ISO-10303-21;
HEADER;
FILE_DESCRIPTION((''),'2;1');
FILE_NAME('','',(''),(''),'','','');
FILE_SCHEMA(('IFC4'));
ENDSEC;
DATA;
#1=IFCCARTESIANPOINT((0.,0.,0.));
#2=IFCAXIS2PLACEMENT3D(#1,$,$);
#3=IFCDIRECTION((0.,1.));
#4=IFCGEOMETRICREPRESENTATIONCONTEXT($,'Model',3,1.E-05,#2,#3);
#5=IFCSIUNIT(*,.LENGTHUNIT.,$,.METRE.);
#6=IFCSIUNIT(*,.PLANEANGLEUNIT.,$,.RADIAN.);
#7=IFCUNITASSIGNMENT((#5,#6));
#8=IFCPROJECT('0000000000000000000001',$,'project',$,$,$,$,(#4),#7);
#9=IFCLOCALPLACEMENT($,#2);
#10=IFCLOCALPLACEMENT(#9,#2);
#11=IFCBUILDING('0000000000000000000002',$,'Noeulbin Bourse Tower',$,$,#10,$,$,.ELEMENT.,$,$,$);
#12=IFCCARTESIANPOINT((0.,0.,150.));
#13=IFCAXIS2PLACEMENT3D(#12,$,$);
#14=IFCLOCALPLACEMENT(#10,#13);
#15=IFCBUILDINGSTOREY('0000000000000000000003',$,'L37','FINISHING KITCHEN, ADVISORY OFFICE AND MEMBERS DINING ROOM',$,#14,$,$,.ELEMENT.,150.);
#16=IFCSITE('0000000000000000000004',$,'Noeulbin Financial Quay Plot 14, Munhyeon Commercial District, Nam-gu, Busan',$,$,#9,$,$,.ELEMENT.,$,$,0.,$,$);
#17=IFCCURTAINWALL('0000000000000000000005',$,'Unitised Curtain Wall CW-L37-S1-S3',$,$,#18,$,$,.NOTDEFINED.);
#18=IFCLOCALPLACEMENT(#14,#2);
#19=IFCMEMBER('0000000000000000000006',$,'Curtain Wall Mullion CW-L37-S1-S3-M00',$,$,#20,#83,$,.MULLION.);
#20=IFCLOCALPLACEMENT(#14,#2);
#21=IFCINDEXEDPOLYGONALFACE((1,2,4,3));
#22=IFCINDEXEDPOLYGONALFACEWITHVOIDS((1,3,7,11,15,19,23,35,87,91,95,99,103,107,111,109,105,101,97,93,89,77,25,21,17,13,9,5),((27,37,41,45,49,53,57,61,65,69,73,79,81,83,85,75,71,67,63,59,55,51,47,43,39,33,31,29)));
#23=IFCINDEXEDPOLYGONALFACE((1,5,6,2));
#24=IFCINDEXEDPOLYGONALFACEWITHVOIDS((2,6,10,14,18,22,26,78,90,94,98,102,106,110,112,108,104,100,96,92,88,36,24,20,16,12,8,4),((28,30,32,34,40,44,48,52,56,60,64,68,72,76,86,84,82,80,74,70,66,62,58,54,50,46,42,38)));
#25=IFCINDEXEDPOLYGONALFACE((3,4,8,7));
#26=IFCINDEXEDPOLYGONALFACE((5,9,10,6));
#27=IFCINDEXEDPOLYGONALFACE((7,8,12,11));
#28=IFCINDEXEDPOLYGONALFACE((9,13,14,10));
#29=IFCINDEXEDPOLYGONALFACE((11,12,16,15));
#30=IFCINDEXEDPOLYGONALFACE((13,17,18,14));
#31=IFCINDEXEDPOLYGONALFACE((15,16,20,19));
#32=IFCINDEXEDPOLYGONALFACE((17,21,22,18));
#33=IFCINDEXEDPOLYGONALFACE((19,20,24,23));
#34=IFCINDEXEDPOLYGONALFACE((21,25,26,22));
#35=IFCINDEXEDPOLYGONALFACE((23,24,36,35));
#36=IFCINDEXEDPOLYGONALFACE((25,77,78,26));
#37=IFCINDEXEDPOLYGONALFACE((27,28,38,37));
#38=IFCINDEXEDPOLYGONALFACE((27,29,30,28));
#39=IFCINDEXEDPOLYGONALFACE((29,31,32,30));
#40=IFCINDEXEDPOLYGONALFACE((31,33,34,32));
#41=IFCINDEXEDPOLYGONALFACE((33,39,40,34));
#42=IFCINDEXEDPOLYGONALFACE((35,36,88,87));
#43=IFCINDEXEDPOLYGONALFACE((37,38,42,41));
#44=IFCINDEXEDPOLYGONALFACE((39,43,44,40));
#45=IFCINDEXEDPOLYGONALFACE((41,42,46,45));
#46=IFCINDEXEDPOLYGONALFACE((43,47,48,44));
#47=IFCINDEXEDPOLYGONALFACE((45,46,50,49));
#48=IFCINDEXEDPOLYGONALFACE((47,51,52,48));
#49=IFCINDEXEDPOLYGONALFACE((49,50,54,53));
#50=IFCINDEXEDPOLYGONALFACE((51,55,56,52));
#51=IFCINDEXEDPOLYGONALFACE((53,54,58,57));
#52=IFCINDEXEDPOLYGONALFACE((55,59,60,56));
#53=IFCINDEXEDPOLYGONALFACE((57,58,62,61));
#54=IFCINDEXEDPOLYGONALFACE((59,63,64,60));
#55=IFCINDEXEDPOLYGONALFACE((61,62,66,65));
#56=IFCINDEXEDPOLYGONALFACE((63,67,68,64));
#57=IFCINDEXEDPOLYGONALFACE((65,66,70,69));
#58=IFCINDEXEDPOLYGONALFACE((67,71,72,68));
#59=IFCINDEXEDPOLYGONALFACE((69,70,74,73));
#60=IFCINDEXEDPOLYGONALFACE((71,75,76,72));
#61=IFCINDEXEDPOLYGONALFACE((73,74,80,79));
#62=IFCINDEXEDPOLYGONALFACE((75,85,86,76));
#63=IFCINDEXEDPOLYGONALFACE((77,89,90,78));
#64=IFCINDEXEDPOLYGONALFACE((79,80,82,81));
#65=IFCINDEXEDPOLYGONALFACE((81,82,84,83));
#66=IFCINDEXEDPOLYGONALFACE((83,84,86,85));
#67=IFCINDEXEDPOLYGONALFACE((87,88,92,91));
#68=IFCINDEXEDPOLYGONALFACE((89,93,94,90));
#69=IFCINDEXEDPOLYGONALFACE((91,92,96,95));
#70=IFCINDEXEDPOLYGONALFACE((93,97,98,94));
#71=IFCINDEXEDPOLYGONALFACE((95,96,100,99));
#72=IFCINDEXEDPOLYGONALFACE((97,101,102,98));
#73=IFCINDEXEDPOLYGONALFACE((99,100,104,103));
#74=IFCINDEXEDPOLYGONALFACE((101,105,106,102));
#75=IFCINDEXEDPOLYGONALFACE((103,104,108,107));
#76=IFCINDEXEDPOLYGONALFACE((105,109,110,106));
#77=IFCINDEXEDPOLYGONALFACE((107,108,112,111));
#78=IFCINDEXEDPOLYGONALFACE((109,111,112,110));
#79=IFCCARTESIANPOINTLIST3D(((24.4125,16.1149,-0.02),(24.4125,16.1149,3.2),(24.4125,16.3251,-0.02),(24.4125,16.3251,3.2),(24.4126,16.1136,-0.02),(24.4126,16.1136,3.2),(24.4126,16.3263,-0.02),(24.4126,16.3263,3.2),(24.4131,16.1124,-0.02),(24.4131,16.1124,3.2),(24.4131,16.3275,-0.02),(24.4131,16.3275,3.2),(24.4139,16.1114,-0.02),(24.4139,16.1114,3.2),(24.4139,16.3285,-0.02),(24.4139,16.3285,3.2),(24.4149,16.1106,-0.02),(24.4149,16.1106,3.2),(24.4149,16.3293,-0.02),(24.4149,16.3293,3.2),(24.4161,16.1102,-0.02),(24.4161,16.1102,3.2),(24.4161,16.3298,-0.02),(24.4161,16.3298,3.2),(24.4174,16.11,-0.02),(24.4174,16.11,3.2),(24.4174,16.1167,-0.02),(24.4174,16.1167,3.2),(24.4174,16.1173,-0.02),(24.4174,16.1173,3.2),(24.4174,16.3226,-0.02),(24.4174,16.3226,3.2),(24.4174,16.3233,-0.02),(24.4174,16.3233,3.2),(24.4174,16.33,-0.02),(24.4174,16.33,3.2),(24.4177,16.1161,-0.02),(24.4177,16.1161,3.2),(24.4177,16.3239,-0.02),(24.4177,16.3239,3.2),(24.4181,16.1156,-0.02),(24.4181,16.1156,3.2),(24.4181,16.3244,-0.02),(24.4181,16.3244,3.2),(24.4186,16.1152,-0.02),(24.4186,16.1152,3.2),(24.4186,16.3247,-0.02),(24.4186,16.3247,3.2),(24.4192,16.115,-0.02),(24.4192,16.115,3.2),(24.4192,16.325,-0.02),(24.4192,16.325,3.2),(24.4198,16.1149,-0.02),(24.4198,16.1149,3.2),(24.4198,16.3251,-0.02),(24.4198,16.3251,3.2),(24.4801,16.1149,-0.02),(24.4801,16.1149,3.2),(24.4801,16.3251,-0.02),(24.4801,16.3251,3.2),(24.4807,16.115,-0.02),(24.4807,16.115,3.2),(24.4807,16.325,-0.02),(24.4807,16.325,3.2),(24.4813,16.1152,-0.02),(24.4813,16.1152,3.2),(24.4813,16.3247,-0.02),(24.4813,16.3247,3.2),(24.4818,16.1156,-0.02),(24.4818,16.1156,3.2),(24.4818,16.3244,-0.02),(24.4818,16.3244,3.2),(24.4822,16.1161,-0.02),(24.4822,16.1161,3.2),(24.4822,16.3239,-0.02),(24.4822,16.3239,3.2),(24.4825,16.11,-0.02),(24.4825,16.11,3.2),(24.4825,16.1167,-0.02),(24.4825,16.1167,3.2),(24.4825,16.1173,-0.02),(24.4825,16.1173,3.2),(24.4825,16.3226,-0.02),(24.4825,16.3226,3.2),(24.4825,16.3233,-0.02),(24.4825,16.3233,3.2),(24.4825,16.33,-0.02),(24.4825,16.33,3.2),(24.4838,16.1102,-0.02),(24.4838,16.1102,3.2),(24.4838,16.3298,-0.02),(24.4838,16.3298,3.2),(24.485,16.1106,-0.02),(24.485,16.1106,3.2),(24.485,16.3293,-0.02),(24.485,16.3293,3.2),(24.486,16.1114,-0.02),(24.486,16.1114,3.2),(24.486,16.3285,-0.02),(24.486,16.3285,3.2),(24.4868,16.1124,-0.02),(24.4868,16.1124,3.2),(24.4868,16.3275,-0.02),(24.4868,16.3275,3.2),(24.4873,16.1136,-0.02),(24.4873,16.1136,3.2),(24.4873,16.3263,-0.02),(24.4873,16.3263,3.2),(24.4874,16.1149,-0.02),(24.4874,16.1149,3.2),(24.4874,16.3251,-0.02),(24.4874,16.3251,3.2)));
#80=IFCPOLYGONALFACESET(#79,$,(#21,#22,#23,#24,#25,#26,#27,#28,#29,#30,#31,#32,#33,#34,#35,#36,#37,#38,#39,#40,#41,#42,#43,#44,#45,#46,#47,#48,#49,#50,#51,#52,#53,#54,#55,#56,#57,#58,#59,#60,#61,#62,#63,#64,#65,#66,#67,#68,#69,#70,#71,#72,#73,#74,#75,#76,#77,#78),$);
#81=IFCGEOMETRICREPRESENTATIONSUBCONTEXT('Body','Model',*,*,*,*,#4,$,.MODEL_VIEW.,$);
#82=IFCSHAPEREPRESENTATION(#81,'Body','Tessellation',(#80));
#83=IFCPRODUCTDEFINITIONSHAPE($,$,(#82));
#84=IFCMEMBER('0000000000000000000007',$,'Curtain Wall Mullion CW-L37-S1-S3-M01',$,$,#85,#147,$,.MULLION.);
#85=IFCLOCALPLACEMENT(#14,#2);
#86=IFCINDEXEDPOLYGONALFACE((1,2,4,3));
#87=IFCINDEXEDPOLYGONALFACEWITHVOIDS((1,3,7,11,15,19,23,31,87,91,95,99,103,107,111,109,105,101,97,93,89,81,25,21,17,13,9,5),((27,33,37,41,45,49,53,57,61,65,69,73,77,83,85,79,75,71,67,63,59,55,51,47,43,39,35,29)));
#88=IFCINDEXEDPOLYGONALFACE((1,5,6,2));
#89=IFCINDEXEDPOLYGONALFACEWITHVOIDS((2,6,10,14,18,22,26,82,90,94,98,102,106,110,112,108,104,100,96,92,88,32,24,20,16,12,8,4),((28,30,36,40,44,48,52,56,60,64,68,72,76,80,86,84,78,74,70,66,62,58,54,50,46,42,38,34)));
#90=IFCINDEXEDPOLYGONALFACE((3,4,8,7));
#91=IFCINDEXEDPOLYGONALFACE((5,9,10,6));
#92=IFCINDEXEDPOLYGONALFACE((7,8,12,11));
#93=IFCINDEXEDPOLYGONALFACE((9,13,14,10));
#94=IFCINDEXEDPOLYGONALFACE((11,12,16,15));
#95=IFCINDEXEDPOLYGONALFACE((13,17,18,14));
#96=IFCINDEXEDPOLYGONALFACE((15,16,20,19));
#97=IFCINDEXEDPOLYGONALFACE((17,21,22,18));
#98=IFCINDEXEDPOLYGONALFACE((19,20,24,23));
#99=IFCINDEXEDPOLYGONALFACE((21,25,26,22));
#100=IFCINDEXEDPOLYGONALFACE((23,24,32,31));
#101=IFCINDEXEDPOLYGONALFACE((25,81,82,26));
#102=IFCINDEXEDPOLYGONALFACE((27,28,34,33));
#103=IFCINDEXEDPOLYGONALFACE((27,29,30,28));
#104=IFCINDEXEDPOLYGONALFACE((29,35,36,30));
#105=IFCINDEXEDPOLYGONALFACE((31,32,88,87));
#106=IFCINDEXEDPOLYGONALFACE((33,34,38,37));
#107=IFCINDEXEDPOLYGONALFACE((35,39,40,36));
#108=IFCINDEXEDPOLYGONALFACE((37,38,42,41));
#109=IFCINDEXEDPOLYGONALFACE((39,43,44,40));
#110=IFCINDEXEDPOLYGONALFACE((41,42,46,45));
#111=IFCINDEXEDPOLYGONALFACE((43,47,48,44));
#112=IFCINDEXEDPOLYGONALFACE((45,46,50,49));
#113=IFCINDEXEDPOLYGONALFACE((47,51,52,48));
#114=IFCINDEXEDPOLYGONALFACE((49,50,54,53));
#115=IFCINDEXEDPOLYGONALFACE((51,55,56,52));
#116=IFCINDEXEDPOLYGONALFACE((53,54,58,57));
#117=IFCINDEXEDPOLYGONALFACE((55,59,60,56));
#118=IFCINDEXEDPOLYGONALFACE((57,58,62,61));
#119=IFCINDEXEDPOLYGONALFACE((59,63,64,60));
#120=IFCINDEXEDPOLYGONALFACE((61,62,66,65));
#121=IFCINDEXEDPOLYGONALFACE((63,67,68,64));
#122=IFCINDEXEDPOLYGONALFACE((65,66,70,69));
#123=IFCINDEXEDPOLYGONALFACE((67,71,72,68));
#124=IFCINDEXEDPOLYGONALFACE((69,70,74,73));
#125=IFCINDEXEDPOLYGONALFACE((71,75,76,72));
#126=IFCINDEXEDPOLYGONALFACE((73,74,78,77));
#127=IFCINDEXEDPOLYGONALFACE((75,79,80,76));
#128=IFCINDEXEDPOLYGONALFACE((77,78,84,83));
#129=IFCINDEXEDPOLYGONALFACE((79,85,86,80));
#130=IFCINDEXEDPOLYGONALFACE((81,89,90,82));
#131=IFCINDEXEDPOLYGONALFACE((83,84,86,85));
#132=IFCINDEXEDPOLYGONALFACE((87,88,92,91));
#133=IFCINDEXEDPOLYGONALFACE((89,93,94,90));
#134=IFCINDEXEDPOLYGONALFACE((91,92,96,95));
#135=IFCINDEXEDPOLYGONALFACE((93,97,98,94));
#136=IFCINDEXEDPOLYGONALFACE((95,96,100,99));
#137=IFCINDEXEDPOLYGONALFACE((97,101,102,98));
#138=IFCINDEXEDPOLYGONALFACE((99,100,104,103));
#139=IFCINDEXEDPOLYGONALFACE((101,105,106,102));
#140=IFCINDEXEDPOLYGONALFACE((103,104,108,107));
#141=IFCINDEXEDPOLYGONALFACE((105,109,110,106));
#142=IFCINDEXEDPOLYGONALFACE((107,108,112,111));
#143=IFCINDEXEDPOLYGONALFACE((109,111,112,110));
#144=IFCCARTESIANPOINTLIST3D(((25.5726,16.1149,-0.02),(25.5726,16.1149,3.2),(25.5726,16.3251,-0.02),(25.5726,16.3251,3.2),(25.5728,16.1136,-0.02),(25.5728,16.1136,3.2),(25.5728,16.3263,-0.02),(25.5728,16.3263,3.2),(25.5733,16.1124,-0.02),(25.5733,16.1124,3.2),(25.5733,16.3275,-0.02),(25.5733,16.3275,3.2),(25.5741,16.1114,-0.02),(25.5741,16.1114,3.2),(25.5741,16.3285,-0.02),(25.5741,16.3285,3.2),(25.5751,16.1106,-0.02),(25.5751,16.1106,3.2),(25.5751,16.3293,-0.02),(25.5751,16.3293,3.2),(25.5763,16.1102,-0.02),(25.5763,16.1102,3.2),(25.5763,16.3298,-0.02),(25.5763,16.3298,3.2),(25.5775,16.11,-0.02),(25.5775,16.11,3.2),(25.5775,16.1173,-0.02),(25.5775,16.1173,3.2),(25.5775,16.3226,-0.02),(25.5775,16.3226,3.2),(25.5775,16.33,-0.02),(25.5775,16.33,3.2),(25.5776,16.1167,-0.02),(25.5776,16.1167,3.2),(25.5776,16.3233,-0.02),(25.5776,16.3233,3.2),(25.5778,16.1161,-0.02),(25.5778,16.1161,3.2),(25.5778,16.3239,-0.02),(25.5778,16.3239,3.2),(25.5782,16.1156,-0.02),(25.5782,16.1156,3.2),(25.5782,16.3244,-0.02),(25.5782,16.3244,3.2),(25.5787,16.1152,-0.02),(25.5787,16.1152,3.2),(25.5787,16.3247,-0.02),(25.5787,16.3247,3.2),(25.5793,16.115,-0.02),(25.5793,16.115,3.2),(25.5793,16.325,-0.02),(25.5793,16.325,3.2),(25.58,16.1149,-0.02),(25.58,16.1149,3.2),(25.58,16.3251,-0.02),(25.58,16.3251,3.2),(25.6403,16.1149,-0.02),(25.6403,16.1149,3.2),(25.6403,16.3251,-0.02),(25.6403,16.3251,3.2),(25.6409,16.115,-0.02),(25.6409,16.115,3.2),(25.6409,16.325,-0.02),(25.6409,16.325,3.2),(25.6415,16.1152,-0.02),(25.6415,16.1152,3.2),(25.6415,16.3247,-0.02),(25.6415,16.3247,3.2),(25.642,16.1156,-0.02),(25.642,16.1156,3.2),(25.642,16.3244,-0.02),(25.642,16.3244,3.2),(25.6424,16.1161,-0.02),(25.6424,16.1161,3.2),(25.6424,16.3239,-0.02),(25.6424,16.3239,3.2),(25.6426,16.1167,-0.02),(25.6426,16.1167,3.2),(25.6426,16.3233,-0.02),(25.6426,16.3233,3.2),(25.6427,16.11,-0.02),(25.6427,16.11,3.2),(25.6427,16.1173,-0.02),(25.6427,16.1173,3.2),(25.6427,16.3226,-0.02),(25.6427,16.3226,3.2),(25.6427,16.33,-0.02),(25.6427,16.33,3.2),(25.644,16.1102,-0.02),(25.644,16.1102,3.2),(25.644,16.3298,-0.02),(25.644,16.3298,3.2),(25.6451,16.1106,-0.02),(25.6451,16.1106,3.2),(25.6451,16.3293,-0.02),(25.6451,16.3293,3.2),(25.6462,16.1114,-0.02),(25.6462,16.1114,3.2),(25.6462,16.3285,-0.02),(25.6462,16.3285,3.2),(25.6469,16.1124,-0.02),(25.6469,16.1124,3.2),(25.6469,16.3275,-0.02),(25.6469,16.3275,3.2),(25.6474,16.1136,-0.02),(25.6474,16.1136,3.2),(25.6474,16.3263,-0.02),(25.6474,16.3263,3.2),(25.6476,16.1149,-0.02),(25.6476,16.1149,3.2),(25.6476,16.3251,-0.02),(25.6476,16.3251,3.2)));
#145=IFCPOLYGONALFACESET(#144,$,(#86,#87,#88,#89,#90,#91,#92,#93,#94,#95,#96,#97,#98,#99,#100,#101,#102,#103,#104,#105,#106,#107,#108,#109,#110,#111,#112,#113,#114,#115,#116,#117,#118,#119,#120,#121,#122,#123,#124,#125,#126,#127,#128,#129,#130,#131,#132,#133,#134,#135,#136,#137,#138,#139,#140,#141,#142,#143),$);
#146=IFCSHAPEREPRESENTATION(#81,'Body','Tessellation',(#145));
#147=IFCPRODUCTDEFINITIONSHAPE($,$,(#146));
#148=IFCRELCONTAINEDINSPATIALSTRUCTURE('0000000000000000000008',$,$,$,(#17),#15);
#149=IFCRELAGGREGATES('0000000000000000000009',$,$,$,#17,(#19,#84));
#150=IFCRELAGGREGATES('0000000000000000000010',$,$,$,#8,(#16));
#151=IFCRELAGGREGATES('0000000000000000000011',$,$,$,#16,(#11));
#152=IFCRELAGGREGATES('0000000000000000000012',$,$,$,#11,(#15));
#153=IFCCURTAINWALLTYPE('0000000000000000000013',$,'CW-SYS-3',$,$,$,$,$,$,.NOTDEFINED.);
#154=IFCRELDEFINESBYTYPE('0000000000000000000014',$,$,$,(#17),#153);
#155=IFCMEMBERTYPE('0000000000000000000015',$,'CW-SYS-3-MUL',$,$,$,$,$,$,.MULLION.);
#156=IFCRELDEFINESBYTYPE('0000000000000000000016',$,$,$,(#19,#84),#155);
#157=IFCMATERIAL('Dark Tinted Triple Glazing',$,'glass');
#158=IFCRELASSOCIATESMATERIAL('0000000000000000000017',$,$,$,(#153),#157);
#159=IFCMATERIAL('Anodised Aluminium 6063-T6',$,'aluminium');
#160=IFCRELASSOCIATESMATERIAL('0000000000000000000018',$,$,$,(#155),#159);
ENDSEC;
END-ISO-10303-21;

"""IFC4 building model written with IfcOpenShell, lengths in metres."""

from ifc_helpers import new_model, si_unit, direction, frame, origin, origin_2d, place, context, subcontext, project, spatial, hollow_rectangle, extrude, material, material_profile, profile_set, type_object, element, aggregate, save


model = new_model("IFC4")

# Units and contexts
model_context = context("Model", 3, precision=1e-05, world=origin(), true_north=direction((0.0, 1.0)))
body_context = subcontext(model_context, "Body", "Model", "MODEL_VIEW")
ifc_project = project(units=[si_unit("LENGTHUNIT", "METRE"), si_unit("PLANEANGLEUNIT", "RADIAN")], contexts=[model_context])

# Site, building, storey
site_placement = place(None, origin())
site = spatial("IfcSite", under=ifc_project, at=site_placement, Name="Noeulbin Financial Quay Plot 14, Munhyeon Commercial District, Nam-gu, Busan", CompositionType="ELEMENT", RefElevation=0.0)
building_placement = place(site_placement, origin())
building = spatial("IfcBuilding", under=site, at=building_placement, Name="Noeulbin Bourse Tower", CompositionType="ELEMENT")
storey_placement = place(building_placement, frame((0.0, 0.0, 150.0)))
storey = spatial("IfcBuildingStorey", under=building, at=storey_placement, Name="L37", Description="FINISHING KITCHEN, ADVISORY OFFICE AND MEMBERS DINING ROOM", CompositionType="ELEMENT", Elevation=150.0)

# Curtain wall, members
ifc_material_1 = material(Name="Dark Tinted Triple Glazing", Category="glass")
curtain_wall_type = type_object("IfcCurtainWallType", Name="CW-SYS-3", PredefinedType="NOTDEFINED", material=ifc_material_1)
ifc_material_2 = material(Name="Anodised Aluminium 6063-T6", Category="aluminium")
ifc_material_profile_1 = material_profile(ifc_material_2, hollow_rectangle(XDim=0.075, YDim=0.22, WallThickness=0.0049, InnerFilletRadius=0.0024, OuterFilletRadius=0.0049, at=origin_2d()), Name="ALU-MULL-75x220x5", Category="LoadBearing")
ifc_profile_set_1 = profile_set([ifc_material_profile_1], Name="Anodised Aluminium 6063-T6")
member_type_1 = type_object("IfcMemberType", Name="CW-SYS-3-MUL", PredefinedType="MULLION", material=ifc_profile_set_1)
curtain_wall_1_placement = place(storey_placement, origin())
curtain_wall_1 = element("IfcCurtainWall", 1, at=curtain_wall_1_placement, inside=storey, type_object=curtain_wall_type, Name="Unitised Curtain Wall CW-L37-S1-S3", PredefinedType="NOTDEFINED")
member_1_placement = place(storey_placement, frame((24.45, 16.22, -0.02), z_axis=(0.0, 0.0, 1.0), x_axis=(1.0, 0.0, 0.0)))
member_1 = element("IfcMember", 2, at=member_1_placement, type_object=member_type_1, Name="Curtain Wall Mullion CW-L37-S1-S3-M00", PredefinedType="MULLION", context=body_context, shape_type="SweptSolid", body=[
    extrude(hollow_rectangle(XDim=0.075, YDim=0.22, WallThickness=0.0049, InnerFilletRadius=0.0024, OuterFilletRadius=0.0049, at=origin_2d()), origin(), (0.0, 0.0, 1.0), 3.22),
])
member_2_placement = place(storey_placement, frame((25.6101, 16.22, -0.02), z_axis=(0.0, 0.0, 1.0), x_axis=(1.0, 0.0, 0.0)))
member_2 = element("IfcMember", 3, at=member_2_placement, type_object=member_type_1, Name="Curtain Wall Mullion CW-L37-S1-S3-M01", PredefinedType="MULLION", context=body_context, shape_type="SweptSolid", body=[
    extrude(hollow_rectangle(XDim=0.075, YDim=0.22, WallThickness=0.0049, InnerFilletRadius=0.0024, OuterFilletRadius=0.0049, at=origin_2d()), origin(), (0.0, 0.0, 1.0), 3.22),
])

aggregate(curtain_wall_1, [member_1, member_2])

save(model, "model.ifc")
